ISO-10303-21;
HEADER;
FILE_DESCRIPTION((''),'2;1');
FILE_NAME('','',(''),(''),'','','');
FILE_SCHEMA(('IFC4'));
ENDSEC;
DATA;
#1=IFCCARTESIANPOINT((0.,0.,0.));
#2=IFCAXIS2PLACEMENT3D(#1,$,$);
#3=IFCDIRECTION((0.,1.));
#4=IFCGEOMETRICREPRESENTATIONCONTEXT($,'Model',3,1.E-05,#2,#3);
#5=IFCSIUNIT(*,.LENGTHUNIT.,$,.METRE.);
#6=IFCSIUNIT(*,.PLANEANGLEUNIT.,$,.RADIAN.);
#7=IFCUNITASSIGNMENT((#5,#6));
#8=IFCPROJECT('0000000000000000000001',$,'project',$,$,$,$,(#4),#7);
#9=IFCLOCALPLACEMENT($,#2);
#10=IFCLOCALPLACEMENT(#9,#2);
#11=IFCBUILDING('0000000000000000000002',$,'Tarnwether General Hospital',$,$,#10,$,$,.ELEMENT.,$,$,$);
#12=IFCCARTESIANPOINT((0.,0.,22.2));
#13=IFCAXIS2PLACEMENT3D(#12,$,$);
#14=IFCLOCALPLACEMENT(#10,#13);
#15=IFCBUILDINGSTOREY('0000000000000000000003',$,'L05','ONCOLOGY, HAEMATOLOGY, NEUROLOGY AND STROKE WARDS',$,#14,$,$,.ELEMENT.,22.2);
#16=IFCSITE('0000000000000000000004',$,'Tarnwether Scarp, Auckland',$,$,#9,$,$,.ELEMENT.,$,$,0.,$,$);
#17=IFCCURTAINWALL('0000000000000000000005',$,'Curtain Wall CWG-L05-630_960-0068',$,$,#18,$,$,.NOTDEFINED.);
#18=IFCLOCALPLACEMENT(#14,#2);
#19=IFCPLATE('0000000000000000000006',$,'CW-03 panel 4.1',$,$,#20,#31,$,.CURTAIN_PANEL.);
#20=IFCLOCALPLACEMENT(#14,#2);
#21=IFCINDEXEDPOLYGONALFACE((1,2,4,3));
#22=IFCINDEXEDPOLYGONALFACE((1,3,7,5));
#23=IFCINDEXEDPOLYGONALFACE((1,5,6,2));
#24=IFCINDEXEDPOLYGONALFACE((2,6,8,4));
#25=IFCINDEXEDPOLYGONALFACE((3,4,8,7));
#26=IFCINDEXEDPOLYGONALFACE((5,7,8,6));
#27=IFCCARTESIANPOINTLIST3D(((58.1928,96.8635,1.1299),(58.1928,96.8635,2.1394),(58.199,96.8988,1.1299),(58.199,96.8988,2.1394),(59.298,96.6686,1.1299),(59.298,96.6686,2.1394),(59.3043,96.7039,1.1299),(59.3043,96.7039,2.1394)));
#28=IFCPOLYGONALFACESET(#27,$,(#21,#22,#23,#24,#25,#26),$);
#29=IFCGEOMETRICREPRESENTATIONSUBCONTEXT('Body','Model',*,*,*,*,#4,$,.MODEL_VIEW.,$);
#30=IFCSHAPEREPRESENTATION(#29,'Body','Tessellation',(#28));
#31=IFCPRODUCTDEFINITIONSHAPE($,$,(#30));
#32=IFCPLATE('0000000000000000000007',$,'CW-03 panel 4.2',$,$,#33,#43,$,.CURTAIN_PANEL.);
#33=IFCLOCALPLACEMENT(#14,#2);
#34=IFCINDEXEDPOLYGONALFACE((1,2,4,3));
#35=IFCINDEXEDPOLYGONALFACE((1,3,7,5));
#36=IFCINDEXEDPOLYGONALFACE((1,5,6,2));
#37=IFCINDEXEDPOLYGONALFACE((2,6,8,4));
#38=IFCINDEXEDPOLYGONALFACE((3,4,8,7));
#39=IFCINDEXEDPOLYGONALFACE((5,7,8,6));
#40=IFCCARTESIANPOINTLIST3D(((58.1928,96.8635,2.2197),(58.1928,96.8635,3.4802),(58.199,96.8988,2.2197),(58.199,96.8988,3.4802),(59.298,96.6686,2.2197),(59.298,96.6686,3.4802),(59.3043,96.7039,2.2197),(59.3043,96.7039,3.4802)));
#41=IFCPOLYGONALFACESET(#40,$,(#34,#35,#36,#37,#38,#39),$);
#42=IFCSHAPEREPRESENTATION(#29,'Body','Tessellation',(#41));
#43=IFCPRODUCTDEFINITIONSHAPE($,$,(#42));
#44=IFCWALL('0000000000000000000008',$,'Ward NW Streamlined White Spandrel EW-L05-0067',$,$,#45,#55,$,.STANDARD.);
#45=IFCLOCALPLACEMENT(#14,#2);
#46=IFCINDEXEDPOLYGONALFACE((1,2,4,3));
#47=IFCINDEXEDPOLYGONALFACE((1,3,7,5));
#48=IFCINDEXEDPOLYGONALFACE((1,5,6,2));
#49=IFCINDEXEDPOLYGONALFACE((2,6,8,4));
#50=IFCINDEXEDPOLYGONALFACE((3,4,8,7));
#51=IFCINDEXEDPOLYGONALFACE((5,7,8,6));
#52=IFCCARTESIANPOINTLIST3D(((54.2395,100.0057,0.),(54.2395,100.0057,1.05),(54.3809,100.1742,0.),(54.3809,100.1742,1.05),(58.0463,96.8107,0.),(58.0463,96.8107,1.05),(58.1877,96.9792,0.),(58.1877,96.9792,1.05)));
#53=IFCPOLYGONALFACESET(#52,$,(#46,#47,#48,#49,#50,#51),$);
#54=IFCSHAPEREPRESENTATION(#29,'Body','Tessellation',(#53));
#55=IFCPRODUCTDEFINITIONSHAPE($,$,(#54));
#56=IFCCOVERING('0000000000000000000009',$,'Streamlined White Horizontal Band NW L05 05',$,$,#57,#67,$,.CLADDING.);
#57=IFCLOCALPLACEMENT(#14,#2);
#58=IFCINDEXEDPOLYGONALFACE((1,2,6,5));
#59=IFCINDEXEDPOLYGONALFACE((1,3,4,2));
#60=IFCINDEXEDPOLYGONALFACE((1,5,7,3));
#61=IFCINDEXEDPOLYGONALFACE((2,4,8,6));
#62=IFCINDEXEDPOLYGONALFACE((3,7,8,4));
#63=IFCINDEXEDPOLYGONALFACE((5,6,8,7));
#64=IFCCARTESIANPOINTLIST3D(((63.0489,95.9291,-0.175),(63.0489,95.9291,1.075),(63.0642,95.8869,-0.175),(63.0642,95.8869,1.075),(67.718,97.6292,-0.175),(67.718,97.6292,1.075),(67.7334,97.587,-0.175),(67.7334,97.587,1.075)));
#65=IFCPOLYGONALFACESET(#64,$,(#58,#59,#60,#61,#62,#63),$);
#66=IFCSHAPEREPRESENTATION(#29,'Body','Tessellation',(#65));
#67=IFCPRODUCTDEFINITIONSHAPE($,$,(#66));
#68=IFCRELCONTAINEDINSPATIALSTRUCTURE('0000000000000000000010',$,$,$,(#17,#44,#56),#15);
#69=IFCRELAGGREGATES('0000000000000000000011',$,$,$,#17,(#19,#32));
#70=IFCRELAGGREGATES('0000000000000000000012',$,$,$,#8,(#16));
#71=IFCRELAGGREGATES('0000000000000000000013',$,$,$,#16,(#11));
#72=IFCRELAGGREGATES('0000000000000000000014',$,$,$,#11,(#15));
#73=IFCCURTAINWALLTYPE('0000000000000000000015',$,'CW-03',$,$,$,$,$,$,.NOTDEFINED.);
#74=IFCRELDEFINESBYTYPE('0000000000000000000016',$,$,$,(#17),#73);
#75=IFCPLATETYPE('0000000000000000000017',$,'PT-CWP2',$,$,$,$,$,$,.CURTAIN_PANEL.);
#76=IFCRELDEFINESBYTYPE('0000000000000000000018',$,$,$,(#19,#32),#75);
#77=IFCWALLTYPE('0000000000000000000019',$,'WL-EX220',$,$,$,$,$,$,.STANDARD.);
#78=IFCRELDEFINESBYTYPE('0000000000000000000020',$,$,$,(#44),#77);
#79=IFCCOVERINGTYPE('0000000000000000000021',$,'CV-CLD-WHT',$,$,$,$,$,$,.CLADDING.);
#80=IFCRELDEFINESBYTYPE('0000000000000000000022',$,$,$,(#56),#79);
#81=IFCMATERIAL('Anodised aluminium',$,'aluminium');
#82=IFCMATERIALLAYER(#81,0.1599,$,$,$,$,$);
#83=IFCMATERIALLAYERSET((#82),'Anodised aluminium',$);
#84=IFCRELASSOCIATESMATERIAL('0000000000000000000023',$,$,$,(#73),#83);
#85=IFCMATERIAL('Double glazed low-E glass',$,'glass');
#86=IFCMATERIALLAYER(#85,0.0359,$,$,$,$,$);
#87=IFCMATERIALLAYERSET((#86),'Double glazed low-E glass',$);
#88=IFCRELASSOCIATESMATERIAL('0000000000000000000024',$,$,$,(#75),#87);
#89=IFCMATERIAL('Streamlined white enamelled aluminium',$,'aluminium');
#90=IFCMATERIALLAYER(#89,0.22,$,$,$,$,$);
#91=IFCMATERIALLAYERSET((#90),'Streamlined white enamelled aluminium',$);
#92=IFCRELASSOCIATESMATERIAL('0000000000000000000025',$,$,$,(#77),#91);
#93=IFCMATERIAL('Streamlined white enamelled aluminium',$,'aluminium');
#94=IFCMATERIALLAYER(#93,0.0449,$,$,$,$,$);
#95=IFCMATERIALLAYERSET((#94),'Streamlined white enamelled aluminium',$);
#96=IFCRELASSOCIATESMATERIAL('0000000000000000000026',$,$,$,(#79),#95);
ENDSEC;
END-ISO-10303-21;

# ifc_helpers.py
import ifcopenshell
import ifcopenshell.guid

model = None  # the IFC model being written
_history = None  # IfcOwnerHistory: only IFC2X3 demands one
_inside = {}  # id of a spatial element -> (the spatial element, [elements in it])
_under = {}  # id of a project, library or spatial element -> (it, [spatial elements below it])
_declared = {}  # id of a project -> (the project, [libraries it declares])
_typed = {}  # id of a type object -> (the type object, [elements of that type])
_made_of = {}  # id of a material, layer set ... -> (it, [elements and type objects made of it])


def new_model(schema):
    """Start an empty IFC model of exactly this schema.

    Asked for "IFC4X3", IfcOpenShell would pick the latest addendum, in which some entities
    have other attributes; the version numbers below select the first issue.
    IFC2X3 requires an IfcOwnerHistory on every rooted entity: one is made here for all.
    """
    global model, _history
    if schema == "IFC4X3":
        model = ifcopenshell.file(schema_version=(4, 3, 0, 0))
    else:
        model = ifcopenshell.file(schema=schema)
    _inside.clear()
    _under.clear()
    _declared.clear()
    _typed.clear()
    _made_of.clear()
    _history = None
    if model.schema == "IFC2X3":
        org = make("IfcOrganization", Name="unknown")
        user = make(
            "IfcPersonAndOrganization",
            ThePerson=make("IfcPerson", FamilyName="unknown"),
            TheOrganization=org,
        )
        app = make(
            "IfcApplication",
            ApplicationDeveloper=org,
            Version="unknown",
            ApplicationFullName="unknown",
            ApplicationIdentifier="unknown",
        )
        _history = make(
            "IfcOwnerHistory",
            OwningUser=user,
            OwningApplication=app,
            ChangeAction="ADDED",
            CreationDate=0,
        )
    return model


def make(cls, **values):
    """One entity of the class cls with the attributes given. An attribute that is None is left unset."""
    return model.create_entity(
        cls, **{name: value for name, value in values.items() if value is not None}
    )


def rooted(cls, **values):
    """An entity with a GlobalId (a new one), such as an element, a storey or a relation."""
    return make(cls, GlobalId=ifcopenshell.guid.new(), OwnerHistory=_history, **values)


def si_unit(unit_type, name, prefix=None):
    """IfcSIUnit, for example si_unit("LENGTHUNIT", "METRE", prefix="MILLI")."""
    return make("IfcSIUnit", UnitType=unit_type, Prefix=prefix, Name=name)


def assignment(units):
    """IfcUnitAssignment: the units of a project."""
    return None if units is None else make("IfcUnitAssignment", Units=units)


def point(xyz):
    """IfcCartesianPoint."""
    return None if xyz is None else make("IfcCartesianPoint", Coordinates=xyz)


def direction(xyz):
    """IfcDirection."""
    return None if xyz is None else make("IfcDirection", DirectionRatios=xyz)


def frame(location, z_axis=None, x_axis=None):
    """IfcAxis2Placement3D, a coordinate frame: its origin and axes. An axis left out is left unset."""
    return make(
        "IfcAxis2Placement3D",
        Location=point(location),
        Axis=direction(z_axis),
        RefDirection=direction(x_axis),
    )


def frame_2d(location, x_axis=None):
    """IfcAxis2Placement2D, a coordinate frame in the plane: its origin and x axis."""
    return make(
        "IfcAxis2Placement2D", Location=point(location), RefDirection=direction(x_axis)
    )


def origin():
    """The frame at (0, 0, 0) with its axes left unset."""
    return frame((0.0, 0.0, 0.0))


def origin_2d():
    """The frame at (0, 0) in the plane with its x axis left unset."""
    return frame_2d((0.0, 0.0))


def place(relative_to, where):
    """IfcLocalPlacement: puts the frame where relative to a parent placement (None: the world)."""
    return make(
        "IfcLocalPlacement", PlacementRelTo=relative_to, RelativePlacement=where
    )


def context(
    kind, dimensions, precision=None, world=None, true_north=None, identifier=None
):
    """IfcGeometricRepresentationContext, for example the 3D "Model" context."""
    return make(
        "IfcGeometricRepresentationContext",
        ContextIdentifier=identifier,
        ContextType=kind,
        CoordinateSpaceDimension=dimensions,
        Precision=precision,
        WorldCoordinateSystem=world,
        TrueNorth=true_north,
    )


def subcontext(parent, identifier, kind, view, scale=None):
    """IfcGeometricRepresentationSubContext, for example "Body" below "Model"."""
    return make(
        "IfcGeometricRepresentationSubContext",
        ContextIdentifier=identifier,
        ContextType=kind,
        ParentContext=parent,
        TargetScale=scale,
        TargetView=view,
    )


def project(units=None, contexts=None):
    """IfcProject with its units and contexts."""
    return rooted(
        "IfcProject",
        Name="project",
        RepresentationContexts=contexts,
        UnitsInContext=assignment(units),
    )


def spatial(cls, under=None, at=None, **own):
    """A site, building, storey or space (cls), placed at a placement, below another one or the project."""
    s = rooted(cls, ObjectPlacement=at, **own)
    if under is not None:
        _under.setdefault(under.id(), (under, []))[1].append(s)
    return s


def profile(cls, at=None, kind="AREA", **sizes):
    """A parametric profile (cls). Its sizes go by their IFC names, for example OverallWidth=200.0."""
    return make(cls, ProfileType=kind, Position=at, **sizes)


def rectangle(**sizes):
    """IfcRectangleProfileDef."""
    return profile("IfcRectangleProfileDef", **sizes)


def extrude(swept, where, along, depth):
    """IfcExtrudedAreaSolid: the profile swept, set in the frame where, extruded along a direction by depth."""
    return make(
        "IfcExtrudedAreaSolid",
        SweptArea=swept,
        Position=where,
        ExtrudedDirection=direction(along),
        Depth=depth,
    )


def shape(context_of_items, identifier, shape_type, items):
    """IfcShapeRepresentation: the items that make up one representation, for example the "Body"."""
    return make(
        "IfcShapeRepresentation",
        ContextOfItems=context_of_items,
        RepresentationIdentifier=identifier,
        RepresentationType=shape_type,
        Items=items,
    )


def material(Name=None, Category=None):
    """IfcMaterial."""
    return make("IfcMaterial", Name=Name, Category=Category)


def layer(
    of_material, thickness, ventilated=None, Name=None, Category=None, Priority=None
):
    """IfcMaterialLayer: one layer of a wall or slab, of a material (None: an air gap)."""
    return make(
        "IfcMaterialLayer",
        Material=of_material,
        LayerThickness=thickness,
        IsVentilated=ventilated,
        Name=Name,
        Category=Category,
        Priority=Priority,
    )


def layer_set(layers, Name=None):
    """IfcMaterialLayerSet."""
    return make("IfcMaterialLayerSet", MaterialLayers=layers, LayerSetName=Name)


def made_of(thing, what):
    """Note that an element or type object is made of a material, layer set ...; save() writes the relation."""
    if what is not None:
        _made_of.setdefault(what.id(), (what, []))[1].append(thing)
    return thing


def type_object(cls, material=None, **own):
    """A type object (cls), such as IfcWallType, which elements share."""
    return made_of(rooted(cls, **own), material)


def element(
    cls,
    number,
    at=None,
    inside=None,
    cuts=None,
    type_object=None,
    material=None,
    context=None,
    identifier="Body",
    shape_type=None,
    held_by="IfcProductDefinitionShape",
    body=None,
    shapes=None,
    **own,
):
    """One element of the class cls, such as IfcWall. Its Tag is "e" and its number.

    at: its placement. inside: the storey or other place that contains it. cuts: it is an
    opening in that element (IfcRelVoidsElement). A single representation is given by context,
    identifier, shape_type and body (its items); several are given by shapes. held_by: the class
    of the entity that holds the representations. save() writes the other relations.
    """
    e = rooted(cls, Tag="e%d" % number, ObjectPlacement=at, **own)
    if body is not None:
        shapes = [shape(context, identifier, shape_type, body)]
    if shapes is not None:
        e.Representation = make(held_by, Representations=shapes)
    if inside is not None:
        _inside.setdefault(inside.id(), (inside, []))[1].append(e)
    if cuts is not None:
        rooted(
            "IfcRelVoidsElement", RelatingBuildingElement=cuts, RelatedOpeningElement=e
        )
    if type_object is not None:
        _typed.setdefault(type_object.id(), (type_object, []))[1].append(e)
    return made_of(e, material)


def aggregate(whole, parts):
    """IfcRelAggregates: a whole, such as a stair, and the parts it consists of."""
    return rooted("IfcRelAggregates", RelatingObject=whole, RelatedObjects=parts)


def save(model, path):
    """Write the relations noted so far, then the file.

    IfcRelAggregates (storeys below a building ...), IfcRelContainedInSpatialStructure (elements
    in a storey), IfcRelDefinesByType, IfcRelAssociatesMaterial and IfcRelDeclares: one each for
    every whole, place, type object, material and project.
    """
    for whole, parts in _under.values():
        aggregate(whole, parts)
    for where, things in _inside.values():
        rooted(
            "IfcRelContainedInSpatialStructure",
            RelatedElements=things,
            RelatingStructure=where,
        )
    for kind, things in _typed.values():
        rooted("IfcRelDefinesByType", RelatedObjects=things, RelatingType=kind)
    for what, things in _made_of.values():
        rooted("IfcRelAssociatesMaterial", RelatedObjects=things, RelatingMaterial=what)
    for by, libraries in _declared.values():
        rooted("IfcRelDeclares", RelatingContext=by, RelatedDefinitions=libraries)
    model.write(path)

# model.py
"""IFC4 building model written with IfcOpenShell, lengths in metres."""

from ifc_helpers import new_model, si_unit, direction, frame, frame_2d, origin, origin_2d, place, context, subcontext, project, spatial, rectangle, extrude, material, layer, layer_set, type_object, element, aggregate, save


model = new_model("IFC4")

# Units and contexts
model_context = context("Model", 3, precision=1e-05, world=origin(), true_north=direction((0.0, 1.0)))
body_context = subcontext(model_context, "Body", "Model", "MODEL_VIEW")
ifc_project = project(units=[si_unit("LENGTHUNIT", "METRE"), si_unit("PLANEANGLEUNIT", "RADIAN")], contexts=[model_context])

# Site, building, storey
site_placement = place(None, origin())
site = spatial("IfcSite", under=ifc_project, at=site_placement, Name="Tarnwether Scarp, Auckland", CompositionType="ELEMENT", RefElevation=0.0)
building_placement = place(site_placement, origin())
building = spatial("IfcBuilding", under=site, at=building_placement, Name="Tarnwether General Hospital", CompositionType="ELEMENT")
storey_placement = place(building_placement, frame((0.0, 0.0, 22.2)))
storey = spatial("IfcBuildingStorey", under=building, at=storey_placement, Name="L05", Description="ONCOLOGY, HAEMATOLOGY, NEUROLOGY AND STROKE WARDS", CompositionType="ELEMENT", Elevation=22.2)

# Curtain wall
ifc_material_1 = material(Name="Anodised aluminium", Category="aluminium")
ifc_layer_1 = layer(ifc_material_1, 0.1599)
ifc_layer_set_1 = layer_set([ifc_layer_1], Name="Anodised aluminium")
curtain_wall_type = type_object("IfcCurtainWallType", Name="CW-03", PredefinedType="NOTDEFINED", material=ifc_layer_set_1)
curtain_wall_1_placement = place(storey_placement, origin())
curtain_wall_1 = element("IfcCurtainWall", 1, at=curtain_wall_1_placement, inside=storey, type_object=curtain_wall_type, Name="Curtain Wall CWG-L05-630_960-0068", PredefinedType="NOTDEFINED")

# Plates
ifc_material_2 = material(Name="Double glazed low-E glass", Category="glass")
ifc_layer_2 = layer(ifc_material_2, 0.0359)
ifc_layer_set_2 = layer_set([ifc_layer_2], Name="Double glazed low-E glass")
plate_type_1 = type_object("IfcPlateType", Name="PT-CWP2", PredefinedType="CURTAIN_PANEL", material=ifc_layer_set_2)
plate_1_placement = place(storey_placement, frame((58.7485, 96.7837, 1.1299), z_axis=(0.0, 0.0, 1.0), x_axis=(-0.984806, 0.173659, 0.0)))
plate_1 = element("IfcPlate", 2, at=plate_1_placement, type_object=plate_type_1, Name="CW-03 panel 4.1", PredefinedType="CURTAIN_PANEL", context=body_context, shape_type="SweptSolid", body=[
    extrude(rectangle(XDim=1.1223, YDim=0.0359, at=origin_2d()), origin(), (0.0, 0.0, 1.0), 1.0095),
])
plate_2_placement = place(storey_placement, frame((58.7485, 96.7837, 2.2197), z_axis=(0.0, 0.0, 1.0), x_axis=(-0.984806, 0.173659, 0.0)))
plate_2 = element("IfcPlate", 3, at=plate_2_placement, type_object=plate_type_1, Name="CW-03 panel 4.2", PredefinedType="CURTAIN_PANEL", context=body_context, shape_type="SweptSolid", body=[
    extrude(rectangle(XDim=1.1223, YDim=0.0359, at=origin_2d()), origin(), (0.0, 0.0, 1.0), 1.2605),
])
aggregate(curtain_wall_1, [plate_1, plate_2])

# Wall
ifc_material_3 = material(Name="Streamlined white enamelled aluminium", Category="aluminium")
ifc_layer_3 = layer(ifc_material_3, 0.22)
ifc_layer_set_3 = layer_set([ifc_layer_3], Name="Streamlined white enamelled aluminium")
wall_type = type_object("IfcWallType", Name="WL-EX220", PredefinedType="STANDARD", material=ifc_layer_set_3)
wall_placement = place(storey_placement, frame((58.1169, 96.895, 0.0), z_axis=(0.0, 0.0, 1.0), x_axis=(-0.765974, 0.642872, 0.0)))
element("IfcWall", 4, at=wall_placement, inside=storey, type_object=wall_type, Name="Ward NW Streamlined White Spandrel EW-L05-0067", PredefinedType="STANDARD", context=body_context, shape_type="SweptSolid", body=[
    extrude(rectangle(XDim=4.97, YDim=0.22, at=frame_2d((2.4849, 0.0))), origin(), (0.0, 0.0, 1.0), 1.05),
])

# Covering
ifc_material_4 = material(Name="Streamlined white enamelled aluminium", Category="aluminium")
ifc_layer_4 = layer(ifc_material_4, 0.0449)
ifc_layer_set_4 = layer_set([ifc_layer_4], Name="Streamlined white enamelled aluminium")
covering_type = type_object("IfcCoveringType", Name="CV-CLD-WHT", PredefinedType="CLADDING", material=ifc_layer_set_4)
covering_placement = place(storey_placement, frame((65.3911, 96.7581, -0.175), z_axis=(0.0, 0.0, 1.0), x_axis=(-0.939651, -0.342135, 0.0)))
element("IfcCovering", 5, at=covering_placement, inside=storey, type_object=covering_type, Name="Streamlined White Horizontal Band NW L05 05", PredefinedType="CLADDING", context=body_context, shape_type="SweptSolid", body=[
    extrude(rectangle(XDim=4.969, YDim=0.0449, at=origin_2d()), origin(), (0.0, 0.0, 1.0), 1.25),
])

save(model, "model.ifc")
